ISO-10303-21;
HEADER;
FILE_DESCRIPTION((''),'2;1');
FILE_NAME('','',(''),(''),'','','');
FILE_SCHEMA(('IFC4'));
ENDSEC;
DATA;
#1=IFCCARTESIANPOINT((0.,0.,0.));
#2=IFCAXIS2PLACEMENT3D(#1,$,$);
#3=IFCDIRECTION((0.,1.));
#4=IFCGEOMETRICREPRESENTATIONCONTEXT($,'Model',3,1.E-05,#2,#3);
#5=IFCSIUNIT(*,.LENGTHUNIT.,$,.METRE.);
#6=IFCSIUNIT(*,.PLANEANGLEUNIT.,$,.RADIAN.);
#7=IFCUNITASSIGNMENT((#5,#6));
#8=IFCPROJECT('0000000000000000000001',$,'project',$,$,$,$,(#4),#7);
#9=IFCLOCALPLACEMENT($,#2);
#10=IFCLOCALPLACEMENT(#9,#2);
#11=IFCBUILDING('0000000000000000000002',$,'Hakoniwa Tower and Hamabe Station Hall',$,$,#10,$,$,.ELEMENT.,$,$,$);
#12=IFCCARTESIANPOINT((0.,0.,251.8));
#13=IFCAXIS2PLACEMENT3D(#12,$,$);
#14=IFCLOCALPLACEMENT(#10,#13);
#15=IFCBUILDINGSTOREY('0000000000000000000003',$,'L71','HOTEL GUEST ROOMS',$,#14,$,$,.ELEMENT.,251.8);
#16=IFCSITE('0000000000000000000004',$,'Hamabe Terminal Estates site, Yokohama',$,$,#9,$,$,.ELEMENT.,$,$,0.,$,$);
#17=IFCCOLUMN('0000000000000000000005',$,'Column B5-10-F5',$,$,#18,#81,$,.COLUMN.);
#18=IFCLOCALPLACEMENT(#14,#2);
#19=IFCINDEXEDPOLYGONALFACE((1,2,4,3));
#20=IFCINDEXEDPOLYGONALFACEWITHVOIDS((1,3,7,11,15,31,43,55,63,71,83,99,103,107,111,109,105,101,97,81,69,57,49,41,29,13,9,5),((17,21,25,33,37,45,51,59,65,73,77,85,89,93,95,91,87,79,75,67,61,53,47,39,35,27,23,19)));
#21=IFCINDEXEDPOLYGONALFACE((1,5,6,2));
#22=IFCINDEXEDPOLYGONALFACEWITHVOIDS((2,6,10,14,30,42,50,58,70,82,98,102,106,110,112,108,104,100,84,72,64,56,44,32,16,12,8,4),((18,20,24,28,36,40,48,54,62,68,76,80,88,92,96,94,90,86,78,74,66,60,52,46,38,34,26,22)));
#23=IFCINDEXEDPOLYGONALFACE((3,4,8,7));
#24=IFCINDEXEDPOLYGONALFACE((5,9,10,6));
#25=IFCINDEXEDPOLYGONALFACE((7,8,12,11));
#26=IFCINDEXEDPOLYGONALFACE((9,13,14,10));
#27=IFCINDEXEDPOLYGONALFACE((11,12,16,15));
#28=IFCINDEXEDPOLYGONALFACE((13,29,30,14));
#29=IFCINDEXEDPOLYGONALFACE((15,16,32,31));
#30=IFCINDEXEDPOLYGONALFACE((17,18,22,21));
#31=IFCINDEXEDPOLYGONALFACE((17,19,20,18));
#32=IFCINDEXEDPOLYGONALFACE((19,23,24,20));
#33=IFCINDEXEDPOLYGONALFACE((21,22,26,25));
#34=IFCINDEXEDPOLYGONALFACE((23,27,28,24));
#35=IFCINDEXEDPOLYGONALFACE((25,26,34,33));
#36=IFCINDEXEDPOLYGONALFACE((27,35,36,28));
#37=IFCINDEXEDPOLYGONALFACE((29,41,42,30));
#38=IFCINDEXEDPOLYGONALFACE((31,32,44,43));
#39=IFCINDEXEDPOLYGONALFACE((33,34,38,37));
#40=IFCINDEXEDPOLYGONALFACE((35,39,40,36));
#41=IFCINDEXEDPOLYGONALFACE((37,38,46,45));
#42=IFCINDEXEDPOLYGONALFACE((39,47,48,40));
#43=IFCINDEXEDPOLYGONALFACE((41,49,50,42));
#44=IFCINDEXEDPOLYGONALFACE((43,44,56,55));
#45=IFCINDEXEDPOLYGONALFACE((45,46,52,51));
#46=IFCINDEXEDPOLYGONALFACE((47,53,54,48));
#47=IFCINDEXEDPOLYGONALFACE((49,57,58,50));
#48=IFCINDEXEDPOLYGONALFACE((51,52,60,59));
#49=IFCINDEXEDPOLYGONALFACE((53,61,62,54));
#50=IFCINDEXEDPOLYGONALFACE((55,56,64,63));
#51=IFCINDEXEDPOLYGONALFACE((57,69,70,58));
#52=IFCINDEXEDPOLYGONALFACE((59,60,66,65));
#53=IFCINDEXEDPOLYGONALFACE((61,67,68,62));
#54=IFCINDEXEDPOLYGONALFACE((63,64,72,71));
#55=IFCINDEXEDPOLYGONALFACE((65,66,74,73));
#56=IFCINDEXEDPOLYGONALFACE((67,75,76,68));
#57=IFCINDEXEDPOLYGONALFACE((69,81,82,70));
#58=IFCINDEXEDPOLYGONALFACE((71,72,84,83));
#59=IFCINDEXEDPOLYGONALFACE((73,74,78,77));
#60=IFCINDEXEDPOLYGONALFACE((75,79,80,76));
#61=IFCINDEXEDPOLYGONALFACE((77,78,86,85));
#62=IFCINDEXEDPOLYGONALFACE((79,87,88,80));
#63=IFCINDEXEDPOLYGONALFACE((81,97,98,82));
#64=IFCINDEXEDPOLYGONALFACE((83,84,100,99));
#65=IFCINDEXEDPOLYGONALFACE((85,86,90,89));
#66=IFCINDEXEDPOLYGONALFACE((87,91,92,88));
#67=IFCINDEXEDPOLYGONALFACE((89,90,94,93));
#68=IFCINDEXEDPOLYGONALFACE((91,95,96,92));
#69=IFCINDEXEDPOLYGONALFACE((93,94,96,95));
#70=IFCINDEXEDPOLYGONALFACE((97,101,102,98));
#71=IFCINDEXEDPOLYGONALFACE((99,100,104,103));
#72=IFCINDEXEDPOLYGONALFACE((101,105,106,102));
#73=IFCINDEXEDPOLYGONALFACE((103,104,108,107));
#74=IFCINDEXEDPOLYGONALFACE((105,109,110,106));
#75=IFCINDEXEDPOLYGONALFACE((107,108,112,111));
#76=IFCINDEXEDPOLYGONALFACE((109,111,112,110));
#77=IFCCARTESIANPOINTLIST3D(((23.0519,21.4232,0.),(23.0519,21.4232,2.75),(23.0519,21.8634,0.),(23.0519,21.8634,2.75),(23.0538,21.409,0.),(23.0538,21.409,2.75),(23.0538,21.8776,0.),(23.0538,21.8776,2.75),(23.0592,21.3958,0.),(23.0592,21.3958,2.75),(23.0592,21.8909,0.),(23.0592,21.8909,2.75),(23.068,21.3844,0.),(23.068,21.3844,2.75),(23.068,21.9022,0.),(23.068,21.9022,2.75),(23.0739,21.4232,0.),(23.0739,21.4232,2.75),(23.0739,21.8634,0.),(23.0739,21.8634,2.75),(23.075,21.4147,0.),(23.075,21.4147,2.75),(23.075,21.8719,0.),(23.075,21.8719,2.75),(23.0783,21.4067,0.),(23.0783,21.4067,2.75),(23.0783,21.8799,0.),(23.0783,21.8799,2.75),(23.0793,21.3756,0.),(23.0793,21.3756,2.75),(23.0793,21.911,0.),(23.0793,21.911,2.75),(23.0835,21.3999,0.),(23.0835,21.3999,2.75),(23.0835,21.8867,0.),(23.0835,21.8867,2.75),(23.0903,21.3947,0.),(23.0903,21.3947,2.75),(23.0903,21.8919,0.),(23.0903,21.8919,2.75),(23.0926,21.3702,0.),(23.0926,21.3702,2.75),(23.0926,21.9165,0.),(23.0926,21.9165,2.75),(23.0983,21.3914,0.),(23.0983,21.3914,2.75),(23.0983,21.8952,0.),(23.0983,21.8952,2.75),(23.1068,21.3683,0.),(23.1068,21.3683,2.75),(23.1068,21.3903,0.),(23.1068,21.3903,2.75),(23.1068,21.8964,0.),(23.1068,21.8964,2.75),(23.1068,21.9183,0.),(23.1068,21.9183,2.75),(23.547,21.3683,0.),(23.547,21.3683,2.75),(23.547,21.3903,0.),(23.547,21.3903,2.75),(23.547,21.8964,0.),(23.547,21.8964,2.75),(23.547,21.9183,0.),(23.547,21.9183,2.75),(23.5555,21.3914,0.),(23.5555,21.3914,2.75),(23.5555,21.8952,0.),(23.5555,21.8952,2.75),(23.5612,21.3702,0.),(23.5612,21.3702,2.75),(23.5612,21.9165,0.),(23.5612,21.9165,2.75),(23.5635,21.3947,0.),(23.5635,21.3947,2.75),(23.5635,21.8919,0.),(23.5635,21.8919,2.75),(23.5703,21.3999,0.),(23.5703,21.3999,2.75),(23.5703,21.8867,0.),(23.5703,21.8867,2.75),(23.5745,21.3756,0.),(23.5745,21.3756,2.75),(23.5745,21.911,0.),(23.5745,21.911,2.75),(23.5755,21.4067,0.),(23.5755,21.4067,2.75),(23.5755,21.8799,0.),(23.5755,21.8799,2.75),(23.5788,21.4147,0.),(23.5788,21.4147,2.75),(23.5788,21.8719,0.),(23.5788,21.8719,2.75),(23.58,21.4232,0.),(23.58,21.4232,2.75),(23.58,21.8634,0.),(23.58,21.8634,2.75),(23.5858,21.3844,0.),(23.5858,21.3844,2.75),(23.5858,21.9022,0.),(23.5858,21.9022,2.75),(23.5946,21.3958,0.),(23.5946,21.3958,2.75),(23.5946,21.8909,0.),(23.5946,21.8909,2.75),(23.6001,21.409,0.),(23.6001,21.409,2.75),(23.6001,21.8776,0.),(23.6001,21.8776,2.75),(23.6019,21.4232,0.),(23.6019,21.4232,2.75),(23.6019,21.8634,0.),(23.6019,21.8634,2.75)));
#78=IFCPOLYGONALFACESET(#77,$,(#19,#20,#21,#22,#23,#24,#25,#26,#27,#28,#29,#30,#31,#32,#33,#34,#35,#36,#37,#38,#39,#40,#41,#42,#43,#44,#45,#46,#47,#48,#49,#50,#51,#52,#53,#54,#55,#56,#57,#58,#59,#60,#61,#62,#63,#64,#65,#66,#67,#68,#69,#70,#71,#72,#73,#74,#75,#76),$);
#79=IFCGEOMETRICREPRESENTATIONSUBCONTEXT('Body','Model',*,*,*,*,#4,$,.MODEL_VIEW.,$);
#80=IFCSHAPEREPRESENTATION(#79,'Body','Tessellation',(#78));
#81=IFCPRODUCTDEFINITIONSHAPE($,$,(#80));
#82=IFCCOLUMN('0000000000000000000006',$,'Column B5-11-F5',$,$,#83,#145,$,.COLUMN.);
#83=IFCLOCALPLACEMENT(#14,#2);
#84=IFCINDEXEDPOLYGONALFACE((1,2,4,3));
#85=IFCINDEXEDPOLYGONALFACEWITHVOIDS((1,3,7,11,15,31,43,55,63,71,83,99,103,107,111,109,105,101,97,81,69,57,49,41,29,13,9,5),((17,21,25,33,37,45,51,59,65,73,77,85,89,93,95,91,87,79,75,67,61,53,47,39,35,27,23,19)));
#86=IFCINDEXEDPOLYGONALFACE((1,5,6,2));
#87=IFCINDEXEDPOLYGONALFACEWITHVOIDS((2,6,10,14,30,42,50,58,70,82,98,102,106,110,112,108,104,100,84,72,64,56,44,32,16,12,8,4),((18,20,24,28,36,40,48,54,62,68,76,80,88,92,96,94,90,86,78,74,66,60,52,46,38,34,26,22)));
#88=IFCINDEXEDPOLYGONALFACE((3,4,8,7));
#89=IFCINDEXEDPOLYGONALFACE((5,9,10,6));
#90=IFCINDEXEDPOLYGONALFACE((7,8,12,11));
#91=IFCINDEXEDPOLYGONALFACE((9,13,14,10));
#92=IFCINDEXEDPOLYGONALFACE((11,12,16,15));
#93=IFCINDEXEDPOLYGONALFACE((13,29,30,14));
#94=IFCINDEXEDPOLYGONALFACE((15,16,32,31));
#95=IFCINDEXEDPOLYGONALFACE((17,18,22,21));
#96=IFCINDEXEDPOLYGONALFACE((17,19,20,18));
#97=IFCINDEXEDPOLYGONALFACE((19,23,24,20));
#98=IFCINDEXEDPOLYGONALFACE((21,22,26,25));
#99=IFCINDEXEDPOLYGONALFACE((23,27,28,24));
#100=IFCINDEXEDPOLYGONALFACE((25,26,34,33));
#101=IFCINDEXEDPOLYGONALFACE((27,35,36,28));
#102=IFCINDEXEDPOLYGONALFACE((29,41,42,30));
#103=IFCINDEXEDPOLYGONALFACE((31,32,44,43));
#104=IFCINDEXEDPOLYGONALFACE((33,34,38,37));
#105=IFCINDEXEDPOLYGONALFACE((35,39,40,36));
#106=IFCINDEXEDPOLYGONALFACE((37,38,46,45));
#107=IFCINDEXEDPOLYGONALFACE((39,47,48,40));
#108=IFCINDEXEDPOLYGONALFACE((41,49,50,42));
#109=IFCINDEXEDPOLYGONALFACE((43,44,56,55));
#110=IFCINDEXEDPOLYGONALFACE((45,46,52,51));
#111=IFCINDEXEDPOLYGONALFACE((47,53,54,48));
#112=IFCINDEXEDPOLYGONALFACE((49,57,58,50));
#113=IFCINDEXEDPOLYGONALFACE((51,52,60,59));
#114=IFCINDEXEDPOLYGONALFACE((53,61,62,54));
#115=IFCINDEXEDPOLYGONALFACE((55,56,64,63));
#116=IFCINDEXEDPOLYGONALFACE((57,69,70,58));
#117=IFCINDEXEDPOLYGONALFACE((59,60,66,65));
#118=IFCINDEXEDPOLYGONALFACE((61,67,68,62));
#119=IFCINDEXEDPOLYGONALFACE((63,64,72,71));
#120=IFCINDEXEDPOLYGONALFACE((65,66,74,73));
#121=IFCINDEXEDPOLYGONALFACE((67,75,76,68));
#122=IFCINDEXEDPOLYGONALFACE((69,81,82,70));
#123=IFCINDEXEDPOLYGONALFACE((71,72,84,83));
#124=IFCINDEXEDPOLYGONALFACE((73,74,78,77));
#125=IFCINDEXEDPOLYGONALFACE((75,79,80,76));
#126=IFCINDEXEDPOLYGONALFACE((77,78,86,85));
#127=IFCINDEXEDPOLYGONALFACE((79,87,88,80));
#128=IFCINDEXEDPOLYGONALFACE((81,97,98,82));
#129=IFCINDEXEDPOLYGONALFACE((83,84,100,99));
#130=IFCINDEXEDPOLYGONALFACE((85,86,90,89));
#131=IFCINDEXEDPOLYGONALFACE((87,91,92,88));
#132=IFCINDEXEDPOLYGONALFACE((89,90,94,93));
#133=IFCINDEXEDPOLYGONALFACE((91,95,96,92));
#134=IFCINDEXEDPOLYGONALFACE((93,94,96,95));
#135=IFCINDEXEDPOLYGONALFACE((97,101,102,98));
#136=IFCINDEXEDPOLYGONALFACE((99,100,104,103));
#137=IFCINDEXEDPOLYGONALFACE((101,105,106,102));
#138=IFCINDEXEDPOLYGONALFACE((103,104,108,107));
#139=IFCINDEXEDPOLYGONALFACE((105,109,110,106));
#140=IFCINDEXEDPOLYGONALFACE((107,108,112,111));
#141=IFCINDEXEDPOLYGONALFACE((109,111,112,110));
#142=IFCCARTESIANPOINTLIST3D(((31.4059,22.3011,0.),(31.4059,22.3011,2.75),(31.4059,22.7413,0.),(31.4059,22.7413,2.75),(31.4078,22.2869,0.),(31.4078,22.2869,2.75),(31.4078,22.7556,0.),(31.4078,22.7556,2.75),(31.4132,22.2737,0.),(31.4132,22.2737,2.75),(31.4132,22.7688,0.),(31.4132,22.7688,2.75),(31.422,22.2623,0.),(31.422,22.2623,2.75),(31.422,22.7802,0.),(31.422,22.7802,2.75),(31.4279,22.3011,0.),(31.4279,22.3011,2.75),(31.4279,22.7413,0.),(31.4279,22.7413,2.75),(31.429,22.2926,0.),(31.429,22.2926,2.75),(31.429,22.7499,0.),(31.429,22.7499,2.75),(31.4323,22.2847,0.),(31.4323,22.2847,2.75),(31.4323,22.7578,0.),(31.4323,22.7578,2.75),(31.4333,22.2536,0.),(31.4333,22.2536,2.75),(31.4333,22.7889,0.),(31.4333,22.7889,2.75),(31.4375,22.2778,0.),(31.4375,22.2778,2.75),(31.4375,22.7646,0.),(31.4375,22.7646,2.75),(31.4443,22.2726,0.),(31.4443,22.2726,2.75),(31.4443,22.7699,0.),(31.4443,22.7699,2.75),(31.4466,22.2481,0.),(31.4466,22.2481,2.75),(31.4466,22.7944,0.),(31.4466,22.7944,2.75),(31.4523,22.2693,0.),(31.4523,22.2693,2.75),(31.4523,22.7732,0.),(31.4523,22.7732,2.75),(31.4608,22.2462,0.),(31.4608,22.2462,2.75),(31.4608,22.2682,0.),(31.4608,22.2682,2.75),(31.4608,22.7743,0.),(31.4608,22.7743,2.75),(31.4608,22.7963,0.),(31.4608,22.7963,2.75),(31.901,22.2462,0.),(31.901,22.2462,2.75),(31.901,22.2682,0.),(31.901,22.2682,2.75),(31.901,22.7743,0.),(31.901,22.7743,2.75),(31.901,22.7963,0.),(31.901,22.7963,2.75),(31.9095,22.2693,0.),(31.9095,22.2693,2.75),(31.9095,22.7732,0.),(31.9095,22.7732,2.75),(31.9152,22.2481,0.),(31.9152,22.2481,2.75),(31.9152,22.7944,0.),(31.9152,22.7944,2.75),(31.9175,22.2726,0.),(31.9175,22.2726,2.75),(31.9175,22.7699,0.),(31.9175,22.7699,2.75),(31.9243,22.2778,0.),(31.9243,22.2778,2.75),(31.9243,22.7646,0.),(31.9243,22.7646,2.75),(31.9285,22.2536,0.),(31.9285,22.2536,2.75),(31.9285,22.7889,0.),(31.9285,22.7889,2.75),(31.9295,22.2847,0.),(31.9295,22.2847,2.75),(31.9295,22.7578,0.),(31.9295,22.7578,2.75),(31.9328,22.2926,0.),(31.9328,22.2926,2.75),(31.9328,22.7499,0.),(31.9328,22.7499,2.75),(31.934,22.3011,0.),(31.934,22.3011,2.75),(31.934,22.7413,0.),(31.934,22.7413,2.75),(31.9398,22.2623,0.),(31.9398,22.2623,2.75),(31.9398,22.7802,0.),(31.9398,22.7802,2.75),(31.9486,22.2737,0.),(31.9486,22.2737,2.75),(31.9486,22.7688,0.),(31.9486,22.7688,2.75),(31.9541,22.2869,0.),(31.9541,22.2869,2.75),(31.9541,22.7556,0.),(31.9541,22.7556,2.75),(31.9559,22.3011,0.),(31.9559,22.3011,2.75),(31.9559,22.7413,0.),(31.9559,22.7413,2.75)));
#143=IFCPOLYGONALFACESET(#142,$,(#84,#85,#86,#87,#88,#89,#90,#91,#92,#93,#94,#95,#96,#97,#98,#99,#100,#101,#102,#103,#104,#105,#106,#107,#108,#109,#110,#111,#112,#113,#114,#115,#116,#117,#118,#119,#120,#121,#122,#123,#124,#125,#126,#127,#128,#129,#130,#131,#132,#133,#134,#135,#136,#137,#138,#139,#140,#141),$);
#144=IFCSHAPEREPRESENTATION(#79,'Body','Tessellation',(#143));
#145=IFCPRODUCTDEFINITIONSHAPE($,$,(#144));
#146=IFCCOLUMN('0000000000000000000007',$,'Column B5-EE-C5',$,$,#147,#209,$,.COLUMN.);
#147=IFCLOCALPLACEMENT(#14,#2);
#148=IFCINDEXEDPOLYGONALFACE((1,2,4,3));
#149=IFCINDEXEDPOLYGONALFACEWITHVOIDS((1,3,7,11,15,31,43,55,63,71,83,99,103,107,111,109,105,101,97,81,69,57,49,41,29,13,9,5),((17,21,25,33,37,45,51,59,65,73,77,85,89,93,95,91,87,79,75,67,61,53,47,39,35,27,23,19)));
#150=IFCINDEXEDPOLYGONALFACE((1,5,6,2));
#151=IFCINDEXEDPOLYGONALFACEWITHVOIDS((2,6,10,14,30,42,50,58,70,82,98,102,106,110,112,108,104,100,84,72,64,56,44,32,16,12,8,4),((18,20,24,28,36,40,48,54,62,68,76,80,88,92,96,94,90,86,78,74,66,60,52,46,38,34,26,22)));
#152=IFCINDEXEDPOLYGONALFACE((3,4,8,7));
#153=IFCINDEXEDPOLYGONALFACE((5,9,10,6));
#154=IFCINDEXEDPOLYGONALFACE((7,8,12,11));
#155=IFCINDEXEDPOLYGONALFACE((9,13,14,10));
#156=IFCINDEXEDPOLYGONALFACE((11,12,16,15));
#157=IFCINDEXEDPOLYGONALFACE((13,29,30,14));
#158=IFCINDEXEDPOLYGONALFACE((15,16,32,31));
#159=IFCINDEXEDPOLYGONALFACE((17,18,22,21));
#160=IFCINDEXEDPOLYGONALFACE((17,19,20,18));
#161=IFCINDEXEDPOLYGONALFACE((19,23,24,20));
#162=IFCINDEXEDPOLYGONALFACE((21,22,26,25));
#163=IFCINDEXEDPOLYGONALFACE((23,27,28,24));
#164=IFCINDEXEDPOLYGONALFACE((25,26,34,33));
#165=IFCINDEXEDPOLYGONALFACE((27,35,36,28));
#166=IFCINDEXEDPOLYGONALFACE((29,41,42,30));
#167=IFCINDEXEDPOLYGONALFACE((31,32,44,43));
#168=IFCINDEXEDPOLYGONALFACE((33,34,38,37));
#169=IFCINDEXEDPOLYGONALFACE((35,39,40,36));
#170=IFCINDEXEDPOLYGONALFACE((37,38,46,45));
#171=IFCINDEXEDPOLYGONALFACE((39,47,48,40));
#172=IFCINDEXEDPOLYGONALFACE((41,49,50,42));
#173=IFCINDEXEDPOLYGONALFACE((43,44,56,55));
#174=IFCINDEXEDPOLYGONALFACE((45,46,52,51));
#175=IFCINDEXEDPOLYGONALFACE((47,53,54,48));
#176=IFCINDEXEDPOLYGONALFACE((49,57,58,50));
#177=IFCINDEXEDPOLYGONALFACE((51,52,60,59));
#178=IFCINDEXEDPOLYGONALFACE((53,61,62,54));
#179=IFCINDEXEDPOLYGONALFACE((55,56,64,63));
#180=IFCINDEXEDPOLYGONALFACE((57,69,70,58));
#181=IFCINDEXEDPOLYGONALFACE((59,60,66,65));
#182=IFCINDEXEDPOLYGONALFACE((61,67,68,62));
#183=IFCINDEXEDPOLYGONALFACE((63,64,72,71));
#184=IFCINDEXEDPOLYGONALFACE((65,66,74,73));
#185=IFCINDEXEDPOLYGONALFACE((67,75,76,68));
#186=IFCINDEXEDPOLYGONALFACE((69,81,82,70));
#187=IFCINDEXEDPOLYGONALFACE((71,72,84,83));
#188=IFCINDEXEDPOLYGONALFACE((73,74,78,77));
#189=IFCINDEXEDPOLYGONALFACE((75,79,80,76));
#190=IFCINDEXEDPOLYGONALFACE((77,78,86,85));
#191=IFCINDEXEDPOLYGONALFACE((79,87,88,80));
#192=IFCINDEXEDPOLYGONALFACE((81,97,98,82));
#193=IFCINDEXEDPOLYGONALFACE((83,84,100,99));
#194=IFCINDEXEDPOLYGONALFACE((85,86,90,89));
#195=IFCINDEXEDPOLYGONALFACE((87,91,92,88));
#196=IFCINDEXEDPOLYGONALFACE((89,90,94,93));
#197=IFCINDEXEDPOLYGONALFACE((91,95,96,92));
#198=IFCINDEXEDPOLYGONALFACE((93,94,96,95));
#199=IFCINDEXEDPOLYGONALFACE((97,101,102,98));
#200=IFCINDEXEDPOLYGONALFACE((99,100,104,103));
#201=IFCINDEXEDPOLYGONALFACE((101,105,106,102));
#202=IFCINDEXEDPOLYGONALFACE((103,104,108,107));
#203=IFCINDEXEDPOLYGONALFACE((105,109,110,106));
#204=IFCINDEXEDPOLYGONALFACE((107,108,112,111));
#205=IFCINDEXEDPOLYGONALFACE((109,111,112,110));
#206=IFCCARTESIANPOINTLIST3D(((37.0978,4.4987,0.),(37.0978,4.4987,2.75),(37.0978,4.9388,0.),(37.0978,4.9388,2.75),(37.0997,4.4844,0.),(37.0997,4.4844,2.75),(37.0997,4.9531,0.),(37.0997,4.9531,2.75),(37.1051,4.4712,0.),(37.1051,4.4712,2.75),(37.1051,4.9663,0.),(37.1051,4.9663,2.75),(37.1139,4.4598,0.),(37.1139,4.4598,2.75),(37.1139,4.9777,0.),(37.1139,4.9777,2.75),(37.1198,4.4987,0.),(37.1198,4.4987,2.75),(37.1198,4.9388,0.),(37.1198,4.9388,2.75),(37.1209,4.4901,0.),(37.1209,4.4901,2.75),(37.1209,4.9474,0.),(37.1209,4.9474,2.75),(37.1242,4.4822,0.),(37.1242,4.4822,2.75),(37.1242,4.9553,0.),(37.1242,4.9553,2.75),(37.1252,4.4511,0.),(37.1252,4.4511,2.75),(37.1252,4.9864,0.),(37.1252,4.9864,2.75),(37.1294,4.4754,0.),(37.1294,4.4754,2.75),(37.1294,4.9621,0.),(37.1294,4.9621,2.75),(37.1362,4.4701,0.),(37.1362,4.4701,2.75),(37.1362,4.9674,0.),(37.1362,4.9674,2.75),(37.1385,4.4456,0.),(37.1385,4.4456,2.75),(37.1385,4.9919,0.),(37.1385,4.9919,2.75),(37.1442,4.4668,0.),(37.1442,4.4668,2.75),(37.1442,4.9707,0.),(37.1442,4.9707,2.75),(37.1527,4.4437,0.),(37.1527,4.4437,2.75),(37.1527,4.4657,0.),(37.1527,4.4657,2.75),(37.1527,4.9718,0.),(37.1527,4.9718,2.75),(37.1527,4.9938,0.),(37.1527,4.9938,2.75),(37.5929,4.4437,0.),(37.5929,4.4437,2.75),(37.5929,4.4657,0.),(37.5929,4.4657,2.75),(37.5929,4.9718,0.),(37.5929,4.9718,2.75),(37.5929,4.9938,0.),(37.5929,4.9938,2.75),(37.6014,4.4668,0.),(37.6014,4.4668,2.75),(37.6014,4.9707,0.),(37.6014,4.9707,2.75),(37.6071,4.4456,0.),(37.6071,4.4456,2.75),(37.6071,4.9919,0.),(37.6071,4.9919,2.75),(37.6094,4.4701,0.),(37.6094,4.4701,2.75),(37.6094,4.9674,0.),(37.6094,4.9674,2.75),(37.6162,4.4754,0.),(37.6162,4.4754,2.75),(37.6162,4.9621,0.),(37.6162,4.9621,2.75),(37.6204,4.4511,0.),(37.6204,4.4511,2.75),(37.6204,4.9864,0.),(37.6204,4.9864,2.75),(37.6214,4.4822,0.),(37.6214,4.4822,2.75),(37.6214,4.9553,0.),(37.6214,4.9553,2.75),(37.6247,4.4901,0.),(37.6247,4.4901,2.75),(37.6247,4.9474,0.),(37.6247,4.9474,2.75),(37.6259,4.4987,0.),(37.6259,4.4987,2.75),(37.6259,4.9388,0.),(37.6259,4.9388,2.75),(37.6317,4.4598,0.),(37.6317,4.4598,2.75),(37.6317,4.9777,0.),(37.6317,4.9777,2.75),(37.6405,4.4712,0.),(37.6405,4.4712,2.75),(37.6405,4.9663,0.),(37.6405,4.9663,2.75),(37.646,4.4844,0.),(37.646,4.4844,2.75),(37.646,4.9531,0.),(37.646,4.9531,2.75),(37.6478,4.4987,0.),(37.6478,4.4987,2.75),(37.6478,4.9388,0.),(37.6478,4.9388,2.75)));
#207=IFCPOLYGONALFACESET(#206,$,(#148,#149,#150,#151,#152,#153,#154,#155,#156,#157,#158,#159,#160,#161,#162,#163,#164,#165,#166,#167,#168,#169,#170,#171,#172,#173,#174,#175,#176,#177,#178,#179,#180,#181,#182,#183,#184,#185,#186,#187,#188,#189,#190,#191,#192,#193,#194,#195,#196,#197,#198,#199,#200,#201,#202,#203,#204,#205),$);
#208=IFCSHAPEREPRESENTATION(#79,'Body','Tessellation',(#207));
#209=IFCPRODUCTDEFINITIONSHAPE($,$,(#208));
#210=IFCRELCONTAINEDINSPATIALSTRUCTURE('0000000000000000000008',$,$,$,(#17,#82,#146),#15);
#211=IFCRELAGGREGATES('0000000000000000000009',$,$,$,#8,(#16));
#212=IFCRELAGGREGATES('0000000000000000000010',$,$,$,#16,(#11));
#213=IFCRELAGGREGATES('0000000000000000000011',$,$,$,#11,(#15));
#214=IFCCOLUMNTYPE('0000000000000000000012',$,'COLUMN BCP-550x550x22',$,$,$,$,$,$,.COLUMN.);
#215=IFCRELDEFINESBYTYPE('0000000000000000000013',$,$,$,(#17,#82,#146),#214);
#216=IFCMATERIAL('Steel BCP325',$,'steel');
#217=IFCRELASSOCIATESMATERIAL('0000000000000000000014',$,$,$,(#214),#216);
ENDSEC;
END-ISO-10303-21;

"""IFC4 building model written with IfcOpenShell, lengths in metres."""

from ifc_helpers import new_model, si_unit, direction, frame, origin, origin_2d, place, context, subcontext, project, spatial, hollow_rectangle, extrude, material, material_profile, profile_set, type_object, element, save


model = new_model("IFC4")

# Units and contexts
model_context = context("Model", 3, precision=1e-05, world=origin(), true_north=direction((0.0, 1.0)))
body_context = subcontext(model_context, "Body", "Model", "MODEL_VIEW")
ifc_project = project(units=[si_unit("LENGTHUNIT", "METRE"), si_unit("PLANEANGLEUNIT", "RADIAN")], contexts=[model_context])

# Site, building, storey
site_placement = place(None, origin())
site = spatial("IfcSite", under=ifc_project, at=site_placement, Name="Hamabe Terminal Estates site, Yokohama", CompositionType="ELEMENT", RefElevation=0.0)
building_placement = place(site_placement, origin())
building = spatial("IfcBuilding", under=site, at=building_placement, Name="Hakoniwa Tower and Hamabe Station Hall", CompositionType="ELEMENT")
storey_placement = place(building_placement, frame((0.0, 0.0, 251.8)))
storey = spatial("IfcBuildingStorey", under=building, at=storey_placement, Name="L71", Description="HOTEL GUEST ROOMS", CompositionType="ELEMENT", Elevation=251.8)

# Columns
ifc_material_1 = material(Name="Steel BCP325", Category="steel")
ifc_material_profile_1 = material_profile(ifc_material_1, hollow_rectangle(XDim=0.55, YDim=0.55, WallThickness=0.022, InnerFilletRadius=0.033, OuterFilletRadius=0.0549, at=origin_2d()), Name="BCP-550x550x22")
ifc_profile_set_1 = profile_set([ifc_material_profile_1], Name="Steel BCP325")
column_type = type_object("IfcColumnType", Name="COLUMN BCP-550x550x22", PredefinedType="COLUMN", material=ifc_profile_set_1)
for number, where, z_axis, x_axis, name in (
    (1, (23.3269, 21.6433, 0.0), (0.0, 0.0, 1.0), (1.0, 0.0, 0.0), "Column B5-10-F5"),
    (2, (31.6809, 22.5212, 0.0), (0.0, 0.0, 1.0), (1.0, 0.0, 0.0), "Column B5-11-F5"),
    (3, (37.3728, 4.7188, 0.0), (0.0, 0.0, 1.0), (1.0, 0.0, 0.0), "Column B5-EE-C5"),
):
    element("IfcColumn", number, at=place(storey_placement, frame(where, z_axis=z_axis, x_axis=x_axis)), inside=storey, type_object=column_type, Name=name, PredefinedType="COLUMN", context=body_context, shape_type="SweptSolid", body=[
        extrude(hollow_rectangle(XDim=0.55, YDim=0.55, WallThickness=0.022, InnerFilletRadius=0.033, OuterFilletRadius=0.0549, at=origin_2d()), origin(), (0.0, 0.0, 1.0), 2.75),
    ])

save(model, "model.ifc")
